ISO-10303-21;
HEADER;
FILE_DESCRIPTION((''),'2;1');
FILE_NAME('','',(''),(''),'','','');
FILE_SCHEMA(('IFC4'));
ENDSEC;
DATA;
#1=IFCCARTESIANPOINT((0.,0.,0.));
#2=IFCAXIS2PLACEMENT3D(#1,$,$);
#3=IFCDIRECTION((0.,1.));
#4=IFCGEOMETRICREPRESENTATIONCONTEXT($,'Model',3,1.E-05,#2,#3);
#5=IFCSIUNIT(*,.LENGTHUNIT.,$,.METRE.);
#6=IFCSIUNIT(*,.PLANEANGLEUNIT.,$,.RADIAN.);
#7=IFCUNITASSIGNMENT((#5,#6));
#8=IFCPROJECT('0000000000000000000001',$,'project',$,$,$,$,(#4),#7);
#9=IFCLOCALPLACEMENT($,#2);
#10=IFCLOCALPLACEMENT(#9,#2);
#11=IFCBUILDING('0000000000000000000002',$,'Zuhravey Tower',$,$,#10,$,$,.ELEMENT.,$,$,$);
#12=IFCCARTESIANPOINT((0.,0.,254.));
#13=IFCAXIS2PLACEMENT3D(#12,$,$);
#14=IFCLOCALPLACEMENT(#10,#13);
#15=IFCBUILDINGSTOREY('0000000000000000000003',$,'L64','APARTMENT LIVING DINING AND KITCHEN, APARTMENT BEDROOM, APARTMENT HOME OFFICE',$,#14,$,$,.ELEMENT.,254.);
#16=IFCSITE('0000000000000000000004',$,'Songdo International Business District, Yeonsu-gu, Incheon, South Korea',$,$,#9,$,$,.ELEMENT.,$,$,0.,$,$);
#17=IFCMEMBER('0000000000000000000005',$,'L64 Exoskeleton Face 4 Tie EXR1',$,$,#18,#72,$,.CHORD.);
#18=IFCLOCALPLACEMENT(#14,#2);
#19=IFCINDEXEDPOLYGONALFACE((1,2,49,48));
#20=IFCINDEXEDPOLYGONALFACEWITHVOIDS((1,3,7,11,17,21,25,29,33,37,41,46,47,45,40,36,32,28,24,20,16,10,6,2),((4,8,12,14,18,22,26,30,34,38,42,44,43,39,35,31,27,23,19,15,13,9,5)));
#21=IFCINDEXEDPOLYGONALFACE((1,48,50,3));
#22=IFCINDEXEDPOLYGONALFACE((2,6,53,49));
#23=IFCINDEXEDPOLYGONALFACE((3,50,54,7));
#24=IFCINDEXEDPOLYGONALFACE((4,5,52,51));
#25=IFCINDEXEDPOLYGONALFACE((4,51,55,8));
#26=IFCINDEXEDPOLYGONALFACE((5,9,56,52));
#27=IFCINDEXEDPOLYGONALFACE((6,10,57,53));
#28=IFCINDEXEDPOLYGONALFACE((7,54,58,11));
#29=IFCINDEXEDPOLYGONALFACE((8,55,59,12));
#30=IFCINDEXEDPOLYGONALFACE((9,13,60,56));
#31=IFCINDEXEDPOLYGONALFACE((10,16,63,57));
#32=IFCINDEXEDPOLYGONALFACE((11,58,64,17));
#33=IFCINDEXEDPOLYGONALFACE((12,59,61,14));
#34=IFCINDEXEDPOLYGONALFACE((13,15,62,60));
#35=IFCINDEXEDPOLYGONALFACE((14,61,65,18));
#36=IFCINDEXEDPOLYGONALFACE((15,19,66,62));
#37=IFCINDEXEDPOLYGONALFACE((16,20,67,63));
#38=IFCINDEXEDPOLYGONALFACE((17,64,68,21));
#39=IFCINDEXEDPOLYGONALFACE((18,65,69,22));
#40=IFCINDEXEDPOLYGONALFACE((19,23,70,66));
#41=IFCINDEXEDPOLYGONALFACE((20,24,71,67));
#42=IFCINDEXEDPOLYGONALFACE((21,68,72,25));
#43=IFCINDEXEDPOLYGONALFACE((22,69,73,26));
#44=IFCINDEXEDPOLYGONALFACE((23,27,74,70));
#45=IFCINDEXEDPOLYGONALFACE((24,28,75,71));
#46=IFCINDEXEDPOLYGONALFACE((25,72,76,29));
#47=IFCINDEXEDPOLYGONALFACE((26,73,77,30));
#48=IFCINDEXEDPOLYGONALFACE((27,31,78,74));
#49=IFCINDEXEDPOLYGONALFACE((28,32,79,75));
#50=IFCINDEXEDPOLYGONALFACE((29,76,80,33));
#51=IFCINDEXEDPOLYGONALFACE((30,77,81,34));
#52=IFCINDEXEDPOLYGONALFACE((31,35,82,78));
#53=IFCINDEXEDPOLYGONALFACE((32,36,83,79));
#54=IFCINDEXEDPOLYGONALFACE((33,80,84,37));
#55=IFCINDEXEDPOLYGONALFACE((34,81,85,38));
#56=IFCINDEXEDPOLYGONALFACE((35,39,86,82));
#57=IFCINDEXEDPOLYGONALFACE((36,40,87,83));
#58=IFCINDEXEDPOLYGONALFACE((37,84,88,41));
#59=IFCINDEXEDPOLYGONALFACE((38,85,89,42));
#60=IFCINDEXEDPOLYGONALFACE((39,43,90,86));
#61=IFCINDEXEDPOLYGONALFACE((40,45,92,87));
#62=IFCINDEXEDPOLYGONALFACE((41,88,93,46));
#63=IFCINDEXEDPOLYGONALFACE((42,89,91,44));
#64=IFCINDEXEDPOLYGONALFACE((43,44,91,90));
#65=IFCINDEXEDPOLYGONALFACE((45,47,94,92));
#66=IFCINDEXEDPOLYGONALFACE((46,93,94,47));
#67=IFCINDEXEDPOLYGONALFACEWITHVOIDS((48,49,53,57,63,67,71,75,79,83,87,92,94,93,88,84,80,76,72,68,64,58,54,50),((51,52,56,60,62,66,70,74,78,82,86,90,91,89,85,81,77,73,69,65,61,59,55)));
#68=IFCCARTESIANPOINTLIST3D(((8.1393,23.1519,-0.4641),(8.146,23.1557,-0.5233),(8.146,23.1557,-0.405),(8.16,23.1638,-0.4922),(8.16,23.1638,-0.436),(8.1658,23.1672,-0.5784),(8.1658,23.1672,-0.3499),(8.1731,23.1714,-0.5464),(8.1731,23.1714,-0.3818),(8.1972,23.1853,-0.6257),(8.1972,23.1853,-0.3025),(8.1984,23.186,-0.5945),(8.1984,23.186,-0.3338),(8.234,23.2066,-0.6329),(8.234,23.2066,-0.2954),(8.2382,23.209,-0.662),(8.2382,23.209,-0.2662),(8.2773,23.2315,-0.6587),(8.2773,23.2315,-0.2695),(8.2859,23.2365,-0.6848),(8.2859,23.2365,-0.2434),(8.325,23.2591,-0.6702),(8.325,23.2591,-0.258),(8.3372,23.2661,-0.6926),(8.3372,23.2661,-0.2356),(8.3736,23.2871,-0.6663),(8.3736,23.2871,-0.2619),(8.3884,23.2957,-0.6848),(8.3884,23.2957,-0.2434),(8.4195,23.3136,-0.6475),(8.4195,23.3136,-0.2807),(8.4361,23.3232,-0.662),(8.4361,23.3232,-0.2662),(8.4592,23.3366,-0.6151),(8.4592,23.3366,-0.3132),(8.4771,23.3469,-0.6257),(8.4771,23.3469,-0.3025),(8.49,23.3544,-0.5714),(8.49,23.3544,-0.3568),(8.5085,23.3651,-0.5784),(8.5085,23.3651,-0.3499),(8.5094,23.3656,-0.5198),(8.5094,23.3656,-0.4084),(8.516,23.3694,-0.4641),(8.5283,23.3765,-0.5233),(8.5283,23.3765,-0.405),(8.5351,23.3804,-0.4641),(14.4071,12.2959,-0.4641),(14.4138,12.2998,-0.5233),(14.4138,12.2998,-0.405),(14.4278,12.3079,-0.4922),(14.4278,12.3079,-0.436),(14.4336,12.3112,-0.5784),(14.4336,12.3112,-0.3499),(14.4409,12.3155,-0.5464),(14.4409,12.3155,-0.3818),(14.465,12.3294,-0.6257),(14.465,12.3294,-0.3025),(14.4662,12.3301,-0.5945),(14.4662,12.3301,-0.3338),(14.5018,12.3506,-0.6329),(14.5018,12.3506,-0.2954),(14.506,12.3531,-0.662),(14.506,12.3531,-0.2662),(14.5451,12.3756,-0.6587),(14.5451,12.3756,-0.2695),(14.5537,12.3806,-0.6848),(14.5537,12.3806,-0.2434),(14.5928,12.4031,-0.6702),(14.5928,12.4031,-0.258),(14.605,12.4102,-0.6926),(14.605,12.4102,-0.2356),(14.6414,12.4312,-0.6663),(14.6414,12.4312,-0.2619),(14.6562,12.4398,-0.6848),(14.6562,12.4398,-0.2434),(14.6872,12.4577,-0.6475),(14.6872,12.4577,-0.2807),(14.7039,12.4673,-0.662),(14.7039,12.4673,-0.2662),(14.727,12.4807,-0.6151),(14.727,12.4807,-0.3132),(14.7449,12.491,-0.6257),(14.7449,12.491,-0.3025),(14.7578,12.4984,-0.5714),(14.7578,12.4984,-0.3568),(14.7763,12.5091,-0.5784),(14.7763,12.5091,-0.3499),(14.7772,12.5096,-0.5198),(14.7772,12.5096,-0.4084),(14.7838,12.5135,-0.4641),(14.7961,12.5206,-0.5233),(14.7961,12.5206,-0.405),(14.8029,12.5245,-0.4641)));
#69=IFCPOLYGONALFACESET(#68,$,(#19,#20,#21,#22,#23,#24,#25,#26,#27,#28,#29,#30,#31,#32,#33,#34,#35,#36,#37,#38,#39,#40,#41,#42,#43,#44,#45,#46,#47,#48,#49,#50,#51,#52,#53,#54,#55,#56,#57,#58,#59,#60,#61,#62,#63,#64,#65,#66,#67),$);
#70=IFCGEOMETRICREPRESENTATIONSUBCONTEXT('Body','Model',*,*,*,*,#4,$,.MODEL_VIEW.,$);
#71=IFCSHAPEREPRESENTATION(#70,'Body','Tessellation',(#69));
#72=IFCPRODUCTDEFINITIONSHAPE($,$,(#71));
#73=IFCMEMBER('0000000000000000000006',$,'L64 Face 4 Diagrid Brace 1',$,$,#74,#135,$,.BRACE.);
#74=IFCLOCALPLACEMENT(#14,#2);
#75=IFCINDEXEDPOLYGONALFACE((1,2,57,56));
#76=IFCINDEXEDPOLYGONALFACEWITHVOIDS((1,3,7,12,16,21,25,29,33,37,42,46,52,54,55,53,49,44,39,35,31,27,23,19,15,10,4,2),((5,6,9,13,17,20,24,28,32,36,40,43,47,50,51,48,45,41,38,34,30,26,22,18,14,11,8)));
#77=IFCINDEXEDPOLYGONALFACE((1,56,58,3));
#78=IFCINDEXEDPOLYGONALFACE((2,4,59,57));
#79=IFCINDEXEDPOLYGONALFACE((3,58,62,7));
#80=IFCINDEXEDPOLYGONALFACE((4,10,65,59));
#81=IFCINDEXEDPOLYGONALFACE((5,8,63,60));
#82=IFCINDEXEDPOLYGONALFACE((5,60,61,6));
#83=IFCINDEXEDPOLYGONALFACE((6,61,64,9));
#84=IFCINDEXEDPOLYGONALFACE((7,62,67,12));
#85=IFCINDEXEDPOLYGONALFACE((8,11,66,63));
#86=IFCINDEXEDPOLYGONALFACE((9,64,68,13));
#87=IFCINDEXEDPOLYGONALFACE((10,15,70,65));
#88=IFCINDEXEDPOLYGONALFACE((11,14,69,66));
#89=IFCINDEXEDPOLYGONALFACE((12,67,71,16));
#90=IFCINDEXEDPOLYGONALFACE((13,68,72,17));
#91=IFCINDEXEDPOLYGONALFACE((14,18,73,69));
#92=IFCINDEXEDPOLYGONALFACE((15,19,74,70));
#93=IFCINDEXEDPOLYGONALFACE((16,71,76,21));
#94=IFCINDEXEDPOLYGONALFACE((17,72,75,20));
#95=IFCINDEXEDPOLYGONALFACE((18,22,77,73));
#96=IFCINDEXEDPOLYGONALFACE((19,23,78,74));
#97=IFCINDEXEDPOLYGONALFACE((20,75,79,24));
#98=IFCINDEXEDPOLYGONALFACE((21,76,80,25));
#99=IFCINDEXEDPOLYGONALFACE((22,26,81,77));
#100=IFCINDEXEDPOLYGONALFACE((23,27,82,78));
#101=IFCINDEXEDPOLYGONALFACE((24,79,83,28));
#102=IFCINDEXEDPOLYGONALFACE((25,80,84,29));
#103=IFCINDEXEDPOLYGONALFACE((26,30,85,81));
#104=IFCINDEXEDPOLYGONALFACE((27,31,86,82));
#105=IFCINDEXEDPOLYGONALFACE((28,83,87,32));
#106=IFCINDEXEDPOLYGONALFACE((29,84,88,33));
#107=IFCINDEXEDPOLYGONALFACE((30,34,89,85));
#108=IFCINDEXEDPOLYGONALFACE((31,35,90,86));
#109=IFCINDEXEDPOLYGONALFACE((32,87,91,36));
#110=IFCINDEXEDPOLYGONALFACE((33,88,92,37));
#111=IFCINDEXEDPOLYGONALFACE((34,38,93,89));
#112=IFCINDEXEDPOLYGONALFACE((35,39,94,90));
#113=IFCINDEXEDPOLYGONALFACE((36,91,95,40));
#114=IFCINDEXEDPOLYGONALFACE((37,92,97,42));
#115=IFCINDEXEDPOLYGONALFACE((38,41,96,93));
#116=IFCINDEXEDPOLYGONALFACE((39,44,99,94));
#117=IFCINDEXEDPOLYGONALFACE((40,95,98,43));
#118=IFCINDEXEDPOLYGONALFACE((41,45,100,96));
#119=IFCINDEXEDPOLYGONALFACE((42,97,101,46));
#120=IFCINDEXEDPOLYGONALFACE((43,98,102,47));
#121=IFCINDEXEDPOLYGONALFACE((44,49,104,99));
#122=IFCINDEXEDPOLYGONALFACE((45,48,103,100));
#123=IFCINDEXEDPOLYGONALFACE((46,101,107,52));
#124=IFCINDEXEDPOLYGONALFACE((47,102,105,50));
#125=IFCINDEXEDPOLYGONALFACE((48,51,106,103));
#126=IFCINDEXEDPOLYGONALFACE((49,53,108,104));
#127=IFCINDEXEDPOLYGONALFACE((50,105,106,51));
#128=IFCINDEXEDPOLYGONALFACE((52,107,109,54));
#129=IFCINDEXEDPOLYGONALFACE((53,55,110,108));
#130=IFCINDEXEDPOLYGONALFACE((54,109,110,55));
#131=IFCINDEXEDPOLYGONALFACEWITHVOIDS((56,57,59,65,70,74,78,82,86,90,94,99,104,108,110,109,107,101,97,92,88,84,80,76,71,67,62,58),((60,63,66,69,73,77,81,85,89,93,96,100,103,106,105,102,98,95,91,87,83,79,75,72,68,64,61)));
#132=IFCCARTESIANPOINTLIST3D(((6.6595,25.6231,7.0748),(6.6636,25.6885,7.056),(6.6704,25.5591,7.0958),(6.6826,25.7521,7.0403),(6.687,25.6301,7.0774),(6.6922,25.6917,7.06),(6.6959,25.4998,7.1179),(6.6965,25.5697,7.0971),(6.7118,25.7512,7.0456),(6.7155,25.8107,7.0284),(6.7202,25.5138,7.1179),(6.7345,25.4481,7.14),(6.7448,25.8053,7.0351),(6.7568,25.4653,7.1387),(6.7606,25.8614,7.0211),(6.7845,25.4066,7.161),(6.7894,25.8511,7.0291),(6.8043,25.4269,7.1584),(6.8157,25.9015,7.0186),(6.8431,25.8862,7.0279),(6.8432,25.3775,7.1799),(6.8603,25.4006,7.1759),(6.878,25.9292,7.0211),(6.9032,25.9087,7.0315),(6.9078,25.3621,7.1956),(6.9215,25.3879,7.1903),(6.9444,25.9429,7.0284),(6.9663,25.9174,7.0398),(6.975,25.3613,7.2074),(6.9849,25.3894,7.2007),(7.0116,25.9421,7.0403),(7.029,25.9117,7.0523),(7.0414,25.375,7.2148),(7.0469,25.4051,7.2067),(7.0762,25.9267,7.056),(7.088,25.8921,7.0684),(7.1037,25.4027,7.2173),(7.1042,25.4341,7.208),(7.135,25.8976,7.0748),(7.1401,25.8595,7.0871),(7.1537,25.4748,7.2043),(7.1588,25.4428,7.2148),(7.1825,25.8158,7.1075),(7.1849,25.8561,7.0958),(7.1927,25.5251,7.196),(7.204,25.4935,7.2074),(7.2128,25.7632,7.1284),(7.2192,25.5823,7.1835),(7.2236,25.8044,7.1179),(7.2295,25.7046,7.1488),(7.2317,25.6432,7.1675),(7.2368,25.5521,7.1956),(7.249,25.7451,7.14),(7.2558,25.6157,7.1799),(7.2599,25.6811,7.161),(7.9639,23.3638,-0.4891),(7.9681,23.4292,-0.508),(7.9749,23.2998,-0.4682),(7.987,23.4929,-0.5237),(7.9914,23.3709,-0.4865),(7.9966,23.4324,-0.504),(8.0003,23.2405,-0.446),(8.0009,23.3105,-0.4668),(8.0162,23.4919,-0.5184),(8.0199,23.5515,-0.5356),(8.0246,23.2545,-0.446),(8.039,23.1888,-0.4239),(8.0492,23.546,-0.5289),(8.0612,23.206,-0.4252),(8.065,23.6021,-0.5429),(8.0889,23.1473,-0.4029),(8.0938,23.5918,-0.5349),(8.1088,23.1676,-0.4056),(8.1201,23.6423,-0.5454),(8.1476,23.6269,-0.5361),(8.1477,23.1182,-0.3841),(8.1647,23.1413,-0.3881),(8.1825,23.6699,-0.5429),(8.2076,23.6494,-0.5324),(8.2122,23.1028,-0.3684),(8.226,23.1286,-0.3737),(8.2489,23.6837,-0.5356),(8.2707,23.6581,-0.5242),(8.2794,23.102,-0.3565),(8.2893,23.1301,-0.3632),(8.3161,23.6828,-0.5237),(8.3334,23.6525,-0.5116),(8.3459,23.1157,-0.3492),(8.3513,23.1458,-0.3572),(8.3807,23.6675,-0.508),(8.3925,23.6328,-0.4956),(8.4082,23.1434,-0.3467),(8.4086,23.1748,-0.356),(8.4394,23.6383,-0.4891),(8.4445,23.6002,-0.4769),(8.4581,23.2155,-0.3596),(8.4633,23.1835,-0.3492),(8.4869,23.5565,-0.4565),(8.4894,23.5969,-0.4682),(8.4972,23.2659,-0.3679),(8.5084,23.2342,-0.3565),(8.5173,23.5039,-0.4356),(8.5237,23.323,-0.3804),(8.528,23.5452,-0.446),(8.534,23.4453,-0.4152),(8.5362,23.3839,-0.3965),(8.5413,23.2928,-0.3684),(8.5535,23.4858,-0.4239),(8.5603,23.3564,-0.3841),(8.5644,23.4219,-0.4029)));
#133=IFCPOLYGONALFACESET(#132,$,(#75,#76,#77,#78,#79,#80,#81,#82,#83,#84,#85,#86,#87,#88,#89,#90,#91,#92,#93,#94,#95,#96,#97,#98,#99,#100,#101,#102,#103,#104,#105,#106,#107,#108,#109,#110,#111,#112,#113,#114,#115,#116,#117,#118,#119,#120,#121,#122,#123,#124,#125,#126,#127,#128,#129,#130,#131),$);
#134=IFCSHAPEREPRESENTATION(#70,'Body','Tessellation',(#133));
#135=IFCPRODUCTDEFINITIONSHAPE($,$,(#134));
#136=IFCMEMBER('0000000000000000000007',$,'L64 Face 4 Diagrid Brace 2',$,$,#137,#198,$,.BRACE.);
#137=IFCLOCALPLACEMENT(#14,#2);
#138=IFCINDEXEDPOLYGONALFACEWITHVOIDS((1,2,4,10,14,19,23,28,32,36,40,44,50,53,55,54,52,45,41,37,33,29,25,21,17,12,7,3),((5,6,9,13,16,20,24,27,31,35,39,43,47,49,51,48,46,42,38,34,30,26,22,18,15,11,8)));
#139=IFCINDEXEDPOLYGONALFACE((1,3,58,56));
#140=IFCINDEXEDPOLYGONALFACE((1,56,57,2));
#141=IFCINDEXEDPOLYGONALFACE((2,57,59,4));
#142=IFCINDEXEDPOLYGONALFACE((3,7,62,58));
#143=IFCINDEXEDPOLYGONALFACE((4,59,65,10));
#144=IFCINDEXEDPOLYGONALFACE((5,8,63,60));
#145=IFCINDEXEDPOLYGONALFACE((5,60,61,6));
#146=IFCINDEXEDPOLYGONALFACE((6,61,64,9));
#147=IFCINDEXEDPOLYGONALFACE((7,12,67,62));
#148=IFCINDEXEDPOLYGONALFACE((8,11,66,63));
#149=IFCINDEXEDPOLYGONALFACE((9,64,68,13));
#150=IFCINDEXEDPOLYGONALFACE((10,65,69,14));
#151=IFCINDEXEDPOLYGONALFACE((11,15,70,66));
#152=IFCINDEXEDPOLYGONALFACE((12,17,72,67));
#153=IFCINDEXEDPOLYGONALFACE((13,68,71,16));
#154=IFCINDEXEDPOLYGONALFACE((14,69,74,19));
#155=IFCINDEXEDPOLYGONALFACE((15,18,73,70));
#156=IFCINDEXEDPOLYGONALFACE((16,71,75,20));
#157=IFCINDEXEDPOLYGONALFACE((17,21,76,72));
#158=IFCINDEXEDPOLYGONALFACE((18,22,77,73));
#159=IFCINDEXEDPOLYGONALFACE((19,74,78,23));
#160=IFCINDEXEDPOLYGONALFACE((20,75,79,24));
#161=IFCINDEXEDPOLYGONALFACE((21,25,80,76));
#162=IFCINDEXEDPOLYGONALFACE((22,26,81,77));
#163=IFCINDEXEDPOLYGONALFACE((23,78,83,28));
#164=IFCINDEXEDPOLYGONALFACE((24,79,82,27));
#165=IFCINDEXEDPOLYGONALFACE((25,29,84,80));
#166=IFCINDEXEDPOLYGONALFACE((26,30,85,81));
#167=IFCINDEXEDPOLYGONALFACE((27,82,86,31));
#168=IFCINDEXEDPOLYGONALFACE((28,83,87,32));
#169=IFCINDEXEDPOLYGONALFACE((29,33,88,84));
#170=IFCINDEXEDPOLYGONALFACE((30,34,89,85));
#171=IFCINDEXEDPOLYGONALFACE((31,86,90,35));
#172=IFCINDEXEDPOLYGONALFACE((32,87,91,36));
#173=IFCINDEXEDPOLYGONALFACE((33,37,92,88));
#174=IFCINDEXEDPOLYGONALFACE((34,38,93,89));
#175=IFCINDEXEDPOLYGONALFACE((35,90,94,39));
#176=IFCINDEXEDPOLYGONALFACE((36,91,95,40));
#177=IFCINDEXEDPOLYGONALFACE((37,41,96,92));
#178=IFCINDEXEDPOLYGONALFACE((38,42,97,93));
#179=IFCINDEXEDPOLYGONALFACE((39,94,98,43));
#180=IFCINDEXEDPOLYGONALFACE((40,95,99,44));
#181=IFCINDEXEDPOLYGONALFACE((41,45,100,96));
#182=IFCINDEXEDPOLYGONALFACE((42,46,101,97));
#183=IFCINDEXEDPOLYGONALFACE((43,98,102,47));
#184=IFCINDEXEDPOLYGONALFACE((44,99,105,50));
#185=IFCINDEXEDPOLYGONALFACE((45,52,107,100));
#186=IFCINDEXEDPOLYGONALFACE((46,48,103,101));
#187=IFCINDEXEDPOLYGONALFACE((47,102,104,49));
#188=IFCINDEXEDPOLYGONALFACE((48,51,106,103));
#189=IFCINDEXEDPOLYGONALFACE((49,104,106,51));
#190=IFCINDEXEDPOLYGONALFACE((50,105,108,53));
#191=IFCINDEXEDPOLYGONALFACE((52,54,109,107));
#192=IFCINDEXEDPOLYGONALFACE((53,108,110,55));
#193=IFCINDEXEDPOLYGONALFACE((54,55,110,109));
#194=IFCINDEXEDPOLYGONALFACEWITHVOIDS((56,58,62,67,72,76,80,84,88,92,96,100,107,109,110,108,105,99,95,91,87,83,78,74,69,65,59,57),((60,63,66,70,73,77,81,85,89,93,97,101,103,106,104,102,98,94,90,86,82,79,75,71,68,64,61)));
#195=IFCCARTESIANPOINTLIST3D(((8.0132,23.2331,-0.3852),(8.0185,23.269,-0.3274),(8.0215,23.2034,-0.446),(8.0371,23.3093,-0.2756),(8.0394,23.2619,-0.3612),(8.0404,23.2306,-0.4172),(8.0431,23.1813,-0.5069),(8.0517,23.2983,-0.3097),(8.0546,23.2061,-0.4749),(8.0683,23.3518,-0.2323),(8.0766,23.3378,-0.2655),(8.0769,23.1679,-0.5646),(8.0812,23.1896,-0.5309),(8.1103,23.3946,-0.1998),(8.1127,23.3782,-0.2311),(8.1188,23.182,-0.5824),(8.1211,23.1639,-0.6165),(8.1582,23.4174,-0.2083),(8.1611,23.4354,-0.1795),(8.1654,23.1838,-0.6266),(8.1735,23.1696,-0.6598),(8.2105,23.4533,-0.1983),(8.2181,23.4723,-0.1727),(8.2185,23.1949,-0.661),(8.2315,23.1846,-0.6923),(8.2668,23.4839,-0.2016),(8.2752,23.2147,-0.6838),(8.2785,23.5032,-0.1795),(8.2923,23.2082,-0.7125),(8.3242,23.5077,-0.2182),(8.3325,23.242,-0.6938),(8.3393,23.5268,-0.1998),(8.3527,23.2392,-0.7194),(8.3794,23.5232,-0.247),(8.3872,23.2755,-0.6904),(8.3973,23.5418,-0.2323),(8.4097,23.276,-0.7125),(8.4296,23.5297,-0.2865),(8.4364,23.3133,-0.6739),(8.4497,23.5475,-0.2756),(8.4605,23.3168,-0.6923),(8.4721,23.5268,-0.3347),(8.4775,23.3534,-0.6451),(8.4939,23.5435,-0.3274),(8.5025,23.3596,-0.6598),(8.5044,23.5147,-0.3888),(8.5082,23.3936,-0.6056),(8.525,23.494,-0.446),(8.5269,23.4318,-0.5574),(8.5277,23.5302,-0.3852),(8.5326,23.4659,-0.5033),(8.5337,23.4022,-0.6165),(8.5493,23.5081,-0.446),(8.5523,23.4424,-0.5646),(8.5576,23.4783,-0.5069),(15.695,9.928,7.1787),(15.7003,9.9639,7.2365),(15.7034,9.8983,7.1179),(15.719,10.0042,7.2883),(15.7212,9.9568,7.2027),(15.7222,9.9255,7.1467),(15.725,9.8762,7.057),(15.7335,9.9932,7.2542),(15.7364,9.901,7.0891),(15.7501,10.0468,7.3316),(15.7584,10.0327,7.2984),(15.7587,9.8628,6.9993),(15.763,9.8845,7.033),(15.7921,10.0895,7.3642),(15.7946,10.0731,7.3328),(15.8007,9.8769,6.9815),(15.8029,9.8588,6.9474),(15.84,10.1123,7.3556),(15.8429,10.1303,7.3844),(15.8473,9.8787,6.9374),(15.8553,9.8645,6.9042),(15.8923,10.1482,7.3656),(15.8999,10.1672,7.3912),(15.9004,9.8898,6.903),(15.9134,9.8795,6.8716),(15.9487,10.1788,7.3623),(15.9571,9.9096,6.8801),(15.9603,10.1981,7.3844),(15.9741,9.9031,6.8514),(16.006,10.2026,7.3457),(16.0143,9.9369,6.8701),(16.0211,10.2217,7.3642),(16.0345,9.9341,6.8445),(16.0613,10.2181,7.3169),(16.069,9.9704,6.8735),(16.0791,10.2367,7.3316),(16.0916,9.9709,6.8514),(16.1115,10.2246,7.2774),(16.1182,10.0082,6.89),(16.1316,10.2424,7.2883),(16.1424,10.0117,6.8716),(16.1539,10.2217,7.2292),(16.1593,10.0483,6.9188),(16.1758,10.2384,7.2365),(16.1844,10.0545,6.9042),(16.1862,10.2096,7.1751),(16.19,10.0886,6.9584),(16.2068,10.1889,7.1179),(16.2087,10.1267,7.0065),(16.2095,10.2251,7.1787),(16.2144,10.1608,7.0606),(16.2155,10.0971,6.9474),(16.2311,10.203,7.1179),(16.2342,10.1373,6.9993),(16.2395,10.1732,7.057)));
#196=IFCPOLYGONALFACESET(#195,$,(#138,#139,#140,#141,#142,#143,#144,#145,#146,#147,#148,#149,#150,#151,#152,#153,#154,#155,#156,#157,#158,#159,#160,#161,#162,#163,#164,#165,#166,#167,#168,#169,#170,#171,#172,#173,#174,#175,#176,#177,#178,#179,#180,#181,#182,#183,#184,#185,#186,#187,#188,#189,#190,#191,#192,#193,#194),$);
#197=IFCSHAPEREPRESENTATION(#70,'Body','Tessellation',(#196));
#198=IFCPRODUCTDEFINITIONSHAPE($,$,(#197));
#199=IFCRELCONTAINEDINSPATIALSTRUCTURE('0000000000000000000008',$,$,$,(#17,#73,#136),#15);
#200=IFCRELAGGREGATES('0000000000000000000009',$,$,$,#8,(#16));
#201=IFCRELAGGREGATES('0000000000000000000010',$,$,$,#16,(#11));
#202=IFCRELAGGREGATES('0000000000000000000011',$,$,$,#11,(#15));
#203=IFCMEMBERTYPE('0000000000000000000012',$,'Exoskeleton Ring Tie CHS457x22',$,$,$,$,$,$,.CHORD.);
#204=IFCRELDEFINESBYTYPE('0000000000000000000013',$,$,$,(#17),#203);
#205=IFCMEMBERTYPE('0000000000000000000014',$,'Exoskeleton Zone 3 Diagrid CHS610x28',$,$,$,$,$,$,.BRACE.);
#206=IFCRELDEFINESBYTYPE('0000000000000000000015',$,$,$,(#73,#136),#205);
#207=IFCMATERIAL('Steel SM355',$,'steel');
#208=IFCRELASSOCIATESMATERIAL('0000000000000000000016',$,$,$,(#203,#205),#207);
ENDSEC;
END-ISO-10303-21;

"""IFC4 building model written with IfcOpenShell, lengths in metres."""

from ifc_helpers import new_model, si_unit, direction, frame, origin, origin_2d, place, context, subcontext, project, spatial, hollow_circle, extrude, material, material_profile, profile_set, type_object, element, save


model = new_model("IFC4")

# Units and contexts
model_context = context("Model", 3, precision=1e-05, world=origin(), true_north=direction((0.0, 1.0)))
body_context = subcontext(model_context, "Body", "Model", "MODEL_VIEW")
ifc_project = project(units=[si_unit("LENGTHUNIT", "METRE"), si_unit("PLANEANGLEUNIT", "RADIAN")], contexts=[model_context])

# Site, building, storey
site_placement = place(None, origin())
site = spatial("IfcSite", under=ifc_project, at=site_placement, Name="Songdo International Business District, Yeonsu-gu, Incheon, South Korea", CompositionType="ELEMENT", RefElevation=0.0)
building_placement = place(site_placement, origin())
building = spatial("IfcBuilding", under=site, at=building_placement, Name="Zuhravey Tower", CompositionType="ELEMENT")
storey_placement = place(building_placement, frame((0.0, 0.0, 254.0)))
storey = spatial("IfcBuildingStorey", under=building, at=storey_placement, Name="L64", Description="APARTMENT LIVING DINING AND KITCHEN, APARTMENT BEDROOM, APARTMENT HOME OFFICE", CompositionType="ELEMENT", Elevation=254.0)

# Members
ifc_material_1 = material(Name="Steel SM355", Category="steel")
ifc_material_profile_1 = material_profile(ifc_material_1, hollow_circle(Radius=0.2285, WallThickness=0.022, at=origin_2d()), Name="CHS-457.2x22")
ifc_profile_set_1 = profile_set([ifc_material_profile_1], Name="Steel SM355")
member_type_1 = type_object("IfcMemberType", Name="Exoskeleton Ring Tie CHS457x22", PredefinedType="CHORD", material=ifc_profile_set_1)
member_1_placement = place(storey_placement, frame((8.3372, 23.2661, -0.4641), z_axis=(0.500008, -0.866021, 0.0), x_axis=(0.866021, 0.500008, 0.0)))
element("IfcMember", 1, at=member_1_placement, inside=storey, type_object=member_type_1, Name="L64 Exoskeleton Face 4 Tie EXR1", PredefinedType="CHORD", context=body_context, shape_type="SweptSolid", body=[
    extrude(hollow_circle(Radius=0.2285, WallThickness=0.022, at=origin_2d()), origin(), (0.0, 0.0, 1.0), 12.5354),
])
ifc_material_profile_2 = material_profile(ifc_material_1, hollow_circle(Radius=0.3047, WallThickness=0.0281, at=origin_2d()), Name="CHS-609.6x28")
ifc_profile_set_2 = profile_set([ifc_material_profile_2], Name="Steel SM355")
member_type_2 = type_object("IfcMemberType", Name="Exoskeleton Zone 3 Diagrid CHS610x28", PredefinedType="BRACE", material=ifc_profile_set_2)
member_2_placement = place(storey_placement, frame((8.2642, 23.3928, -0.446), z_axis=(-0.163031, 0.282367, 0.945352), x_axis=(-0.866017, -0.500014, 0.0)))
element("IfcMember", 2, at=member_2_placement, inside=storey, type_object=member_type_2, Name="L64 Face 4 Diagrid Brace 1", PredefinedType="BRACE", context=body_context, shape_type="SweptSolid", body=[
    extrude(hollow_circle(Radius=0.3047, WallThickness=0.0281, at=origin_2d()), origin(), (0.0, 0.0, 1.0), 8.0012),
])
member_3_placement = place(storey_placement, frame((8.2854, 23.3557, -0.446), z_axis=(0.448587, -0.776962, 0.441701), x_axis=(0.866022, 0.500007, 0.0)))
element("IfcMember", 3, at=member_3_placement, inside=storey, type_object=member_type_2, Name="L64 Face 4 Diagrid Brace 2", PredefinedType="BRACE", context=body_context, shape_type="SweptSolid", body=[
    extrude(hollow_circle(Radius=0.3047, WallThickness=0.0281, at=origin_2d()), origin(), (0.0, 0.0, 1.0), 17.1245),
])

save(model, "model.ifc")
